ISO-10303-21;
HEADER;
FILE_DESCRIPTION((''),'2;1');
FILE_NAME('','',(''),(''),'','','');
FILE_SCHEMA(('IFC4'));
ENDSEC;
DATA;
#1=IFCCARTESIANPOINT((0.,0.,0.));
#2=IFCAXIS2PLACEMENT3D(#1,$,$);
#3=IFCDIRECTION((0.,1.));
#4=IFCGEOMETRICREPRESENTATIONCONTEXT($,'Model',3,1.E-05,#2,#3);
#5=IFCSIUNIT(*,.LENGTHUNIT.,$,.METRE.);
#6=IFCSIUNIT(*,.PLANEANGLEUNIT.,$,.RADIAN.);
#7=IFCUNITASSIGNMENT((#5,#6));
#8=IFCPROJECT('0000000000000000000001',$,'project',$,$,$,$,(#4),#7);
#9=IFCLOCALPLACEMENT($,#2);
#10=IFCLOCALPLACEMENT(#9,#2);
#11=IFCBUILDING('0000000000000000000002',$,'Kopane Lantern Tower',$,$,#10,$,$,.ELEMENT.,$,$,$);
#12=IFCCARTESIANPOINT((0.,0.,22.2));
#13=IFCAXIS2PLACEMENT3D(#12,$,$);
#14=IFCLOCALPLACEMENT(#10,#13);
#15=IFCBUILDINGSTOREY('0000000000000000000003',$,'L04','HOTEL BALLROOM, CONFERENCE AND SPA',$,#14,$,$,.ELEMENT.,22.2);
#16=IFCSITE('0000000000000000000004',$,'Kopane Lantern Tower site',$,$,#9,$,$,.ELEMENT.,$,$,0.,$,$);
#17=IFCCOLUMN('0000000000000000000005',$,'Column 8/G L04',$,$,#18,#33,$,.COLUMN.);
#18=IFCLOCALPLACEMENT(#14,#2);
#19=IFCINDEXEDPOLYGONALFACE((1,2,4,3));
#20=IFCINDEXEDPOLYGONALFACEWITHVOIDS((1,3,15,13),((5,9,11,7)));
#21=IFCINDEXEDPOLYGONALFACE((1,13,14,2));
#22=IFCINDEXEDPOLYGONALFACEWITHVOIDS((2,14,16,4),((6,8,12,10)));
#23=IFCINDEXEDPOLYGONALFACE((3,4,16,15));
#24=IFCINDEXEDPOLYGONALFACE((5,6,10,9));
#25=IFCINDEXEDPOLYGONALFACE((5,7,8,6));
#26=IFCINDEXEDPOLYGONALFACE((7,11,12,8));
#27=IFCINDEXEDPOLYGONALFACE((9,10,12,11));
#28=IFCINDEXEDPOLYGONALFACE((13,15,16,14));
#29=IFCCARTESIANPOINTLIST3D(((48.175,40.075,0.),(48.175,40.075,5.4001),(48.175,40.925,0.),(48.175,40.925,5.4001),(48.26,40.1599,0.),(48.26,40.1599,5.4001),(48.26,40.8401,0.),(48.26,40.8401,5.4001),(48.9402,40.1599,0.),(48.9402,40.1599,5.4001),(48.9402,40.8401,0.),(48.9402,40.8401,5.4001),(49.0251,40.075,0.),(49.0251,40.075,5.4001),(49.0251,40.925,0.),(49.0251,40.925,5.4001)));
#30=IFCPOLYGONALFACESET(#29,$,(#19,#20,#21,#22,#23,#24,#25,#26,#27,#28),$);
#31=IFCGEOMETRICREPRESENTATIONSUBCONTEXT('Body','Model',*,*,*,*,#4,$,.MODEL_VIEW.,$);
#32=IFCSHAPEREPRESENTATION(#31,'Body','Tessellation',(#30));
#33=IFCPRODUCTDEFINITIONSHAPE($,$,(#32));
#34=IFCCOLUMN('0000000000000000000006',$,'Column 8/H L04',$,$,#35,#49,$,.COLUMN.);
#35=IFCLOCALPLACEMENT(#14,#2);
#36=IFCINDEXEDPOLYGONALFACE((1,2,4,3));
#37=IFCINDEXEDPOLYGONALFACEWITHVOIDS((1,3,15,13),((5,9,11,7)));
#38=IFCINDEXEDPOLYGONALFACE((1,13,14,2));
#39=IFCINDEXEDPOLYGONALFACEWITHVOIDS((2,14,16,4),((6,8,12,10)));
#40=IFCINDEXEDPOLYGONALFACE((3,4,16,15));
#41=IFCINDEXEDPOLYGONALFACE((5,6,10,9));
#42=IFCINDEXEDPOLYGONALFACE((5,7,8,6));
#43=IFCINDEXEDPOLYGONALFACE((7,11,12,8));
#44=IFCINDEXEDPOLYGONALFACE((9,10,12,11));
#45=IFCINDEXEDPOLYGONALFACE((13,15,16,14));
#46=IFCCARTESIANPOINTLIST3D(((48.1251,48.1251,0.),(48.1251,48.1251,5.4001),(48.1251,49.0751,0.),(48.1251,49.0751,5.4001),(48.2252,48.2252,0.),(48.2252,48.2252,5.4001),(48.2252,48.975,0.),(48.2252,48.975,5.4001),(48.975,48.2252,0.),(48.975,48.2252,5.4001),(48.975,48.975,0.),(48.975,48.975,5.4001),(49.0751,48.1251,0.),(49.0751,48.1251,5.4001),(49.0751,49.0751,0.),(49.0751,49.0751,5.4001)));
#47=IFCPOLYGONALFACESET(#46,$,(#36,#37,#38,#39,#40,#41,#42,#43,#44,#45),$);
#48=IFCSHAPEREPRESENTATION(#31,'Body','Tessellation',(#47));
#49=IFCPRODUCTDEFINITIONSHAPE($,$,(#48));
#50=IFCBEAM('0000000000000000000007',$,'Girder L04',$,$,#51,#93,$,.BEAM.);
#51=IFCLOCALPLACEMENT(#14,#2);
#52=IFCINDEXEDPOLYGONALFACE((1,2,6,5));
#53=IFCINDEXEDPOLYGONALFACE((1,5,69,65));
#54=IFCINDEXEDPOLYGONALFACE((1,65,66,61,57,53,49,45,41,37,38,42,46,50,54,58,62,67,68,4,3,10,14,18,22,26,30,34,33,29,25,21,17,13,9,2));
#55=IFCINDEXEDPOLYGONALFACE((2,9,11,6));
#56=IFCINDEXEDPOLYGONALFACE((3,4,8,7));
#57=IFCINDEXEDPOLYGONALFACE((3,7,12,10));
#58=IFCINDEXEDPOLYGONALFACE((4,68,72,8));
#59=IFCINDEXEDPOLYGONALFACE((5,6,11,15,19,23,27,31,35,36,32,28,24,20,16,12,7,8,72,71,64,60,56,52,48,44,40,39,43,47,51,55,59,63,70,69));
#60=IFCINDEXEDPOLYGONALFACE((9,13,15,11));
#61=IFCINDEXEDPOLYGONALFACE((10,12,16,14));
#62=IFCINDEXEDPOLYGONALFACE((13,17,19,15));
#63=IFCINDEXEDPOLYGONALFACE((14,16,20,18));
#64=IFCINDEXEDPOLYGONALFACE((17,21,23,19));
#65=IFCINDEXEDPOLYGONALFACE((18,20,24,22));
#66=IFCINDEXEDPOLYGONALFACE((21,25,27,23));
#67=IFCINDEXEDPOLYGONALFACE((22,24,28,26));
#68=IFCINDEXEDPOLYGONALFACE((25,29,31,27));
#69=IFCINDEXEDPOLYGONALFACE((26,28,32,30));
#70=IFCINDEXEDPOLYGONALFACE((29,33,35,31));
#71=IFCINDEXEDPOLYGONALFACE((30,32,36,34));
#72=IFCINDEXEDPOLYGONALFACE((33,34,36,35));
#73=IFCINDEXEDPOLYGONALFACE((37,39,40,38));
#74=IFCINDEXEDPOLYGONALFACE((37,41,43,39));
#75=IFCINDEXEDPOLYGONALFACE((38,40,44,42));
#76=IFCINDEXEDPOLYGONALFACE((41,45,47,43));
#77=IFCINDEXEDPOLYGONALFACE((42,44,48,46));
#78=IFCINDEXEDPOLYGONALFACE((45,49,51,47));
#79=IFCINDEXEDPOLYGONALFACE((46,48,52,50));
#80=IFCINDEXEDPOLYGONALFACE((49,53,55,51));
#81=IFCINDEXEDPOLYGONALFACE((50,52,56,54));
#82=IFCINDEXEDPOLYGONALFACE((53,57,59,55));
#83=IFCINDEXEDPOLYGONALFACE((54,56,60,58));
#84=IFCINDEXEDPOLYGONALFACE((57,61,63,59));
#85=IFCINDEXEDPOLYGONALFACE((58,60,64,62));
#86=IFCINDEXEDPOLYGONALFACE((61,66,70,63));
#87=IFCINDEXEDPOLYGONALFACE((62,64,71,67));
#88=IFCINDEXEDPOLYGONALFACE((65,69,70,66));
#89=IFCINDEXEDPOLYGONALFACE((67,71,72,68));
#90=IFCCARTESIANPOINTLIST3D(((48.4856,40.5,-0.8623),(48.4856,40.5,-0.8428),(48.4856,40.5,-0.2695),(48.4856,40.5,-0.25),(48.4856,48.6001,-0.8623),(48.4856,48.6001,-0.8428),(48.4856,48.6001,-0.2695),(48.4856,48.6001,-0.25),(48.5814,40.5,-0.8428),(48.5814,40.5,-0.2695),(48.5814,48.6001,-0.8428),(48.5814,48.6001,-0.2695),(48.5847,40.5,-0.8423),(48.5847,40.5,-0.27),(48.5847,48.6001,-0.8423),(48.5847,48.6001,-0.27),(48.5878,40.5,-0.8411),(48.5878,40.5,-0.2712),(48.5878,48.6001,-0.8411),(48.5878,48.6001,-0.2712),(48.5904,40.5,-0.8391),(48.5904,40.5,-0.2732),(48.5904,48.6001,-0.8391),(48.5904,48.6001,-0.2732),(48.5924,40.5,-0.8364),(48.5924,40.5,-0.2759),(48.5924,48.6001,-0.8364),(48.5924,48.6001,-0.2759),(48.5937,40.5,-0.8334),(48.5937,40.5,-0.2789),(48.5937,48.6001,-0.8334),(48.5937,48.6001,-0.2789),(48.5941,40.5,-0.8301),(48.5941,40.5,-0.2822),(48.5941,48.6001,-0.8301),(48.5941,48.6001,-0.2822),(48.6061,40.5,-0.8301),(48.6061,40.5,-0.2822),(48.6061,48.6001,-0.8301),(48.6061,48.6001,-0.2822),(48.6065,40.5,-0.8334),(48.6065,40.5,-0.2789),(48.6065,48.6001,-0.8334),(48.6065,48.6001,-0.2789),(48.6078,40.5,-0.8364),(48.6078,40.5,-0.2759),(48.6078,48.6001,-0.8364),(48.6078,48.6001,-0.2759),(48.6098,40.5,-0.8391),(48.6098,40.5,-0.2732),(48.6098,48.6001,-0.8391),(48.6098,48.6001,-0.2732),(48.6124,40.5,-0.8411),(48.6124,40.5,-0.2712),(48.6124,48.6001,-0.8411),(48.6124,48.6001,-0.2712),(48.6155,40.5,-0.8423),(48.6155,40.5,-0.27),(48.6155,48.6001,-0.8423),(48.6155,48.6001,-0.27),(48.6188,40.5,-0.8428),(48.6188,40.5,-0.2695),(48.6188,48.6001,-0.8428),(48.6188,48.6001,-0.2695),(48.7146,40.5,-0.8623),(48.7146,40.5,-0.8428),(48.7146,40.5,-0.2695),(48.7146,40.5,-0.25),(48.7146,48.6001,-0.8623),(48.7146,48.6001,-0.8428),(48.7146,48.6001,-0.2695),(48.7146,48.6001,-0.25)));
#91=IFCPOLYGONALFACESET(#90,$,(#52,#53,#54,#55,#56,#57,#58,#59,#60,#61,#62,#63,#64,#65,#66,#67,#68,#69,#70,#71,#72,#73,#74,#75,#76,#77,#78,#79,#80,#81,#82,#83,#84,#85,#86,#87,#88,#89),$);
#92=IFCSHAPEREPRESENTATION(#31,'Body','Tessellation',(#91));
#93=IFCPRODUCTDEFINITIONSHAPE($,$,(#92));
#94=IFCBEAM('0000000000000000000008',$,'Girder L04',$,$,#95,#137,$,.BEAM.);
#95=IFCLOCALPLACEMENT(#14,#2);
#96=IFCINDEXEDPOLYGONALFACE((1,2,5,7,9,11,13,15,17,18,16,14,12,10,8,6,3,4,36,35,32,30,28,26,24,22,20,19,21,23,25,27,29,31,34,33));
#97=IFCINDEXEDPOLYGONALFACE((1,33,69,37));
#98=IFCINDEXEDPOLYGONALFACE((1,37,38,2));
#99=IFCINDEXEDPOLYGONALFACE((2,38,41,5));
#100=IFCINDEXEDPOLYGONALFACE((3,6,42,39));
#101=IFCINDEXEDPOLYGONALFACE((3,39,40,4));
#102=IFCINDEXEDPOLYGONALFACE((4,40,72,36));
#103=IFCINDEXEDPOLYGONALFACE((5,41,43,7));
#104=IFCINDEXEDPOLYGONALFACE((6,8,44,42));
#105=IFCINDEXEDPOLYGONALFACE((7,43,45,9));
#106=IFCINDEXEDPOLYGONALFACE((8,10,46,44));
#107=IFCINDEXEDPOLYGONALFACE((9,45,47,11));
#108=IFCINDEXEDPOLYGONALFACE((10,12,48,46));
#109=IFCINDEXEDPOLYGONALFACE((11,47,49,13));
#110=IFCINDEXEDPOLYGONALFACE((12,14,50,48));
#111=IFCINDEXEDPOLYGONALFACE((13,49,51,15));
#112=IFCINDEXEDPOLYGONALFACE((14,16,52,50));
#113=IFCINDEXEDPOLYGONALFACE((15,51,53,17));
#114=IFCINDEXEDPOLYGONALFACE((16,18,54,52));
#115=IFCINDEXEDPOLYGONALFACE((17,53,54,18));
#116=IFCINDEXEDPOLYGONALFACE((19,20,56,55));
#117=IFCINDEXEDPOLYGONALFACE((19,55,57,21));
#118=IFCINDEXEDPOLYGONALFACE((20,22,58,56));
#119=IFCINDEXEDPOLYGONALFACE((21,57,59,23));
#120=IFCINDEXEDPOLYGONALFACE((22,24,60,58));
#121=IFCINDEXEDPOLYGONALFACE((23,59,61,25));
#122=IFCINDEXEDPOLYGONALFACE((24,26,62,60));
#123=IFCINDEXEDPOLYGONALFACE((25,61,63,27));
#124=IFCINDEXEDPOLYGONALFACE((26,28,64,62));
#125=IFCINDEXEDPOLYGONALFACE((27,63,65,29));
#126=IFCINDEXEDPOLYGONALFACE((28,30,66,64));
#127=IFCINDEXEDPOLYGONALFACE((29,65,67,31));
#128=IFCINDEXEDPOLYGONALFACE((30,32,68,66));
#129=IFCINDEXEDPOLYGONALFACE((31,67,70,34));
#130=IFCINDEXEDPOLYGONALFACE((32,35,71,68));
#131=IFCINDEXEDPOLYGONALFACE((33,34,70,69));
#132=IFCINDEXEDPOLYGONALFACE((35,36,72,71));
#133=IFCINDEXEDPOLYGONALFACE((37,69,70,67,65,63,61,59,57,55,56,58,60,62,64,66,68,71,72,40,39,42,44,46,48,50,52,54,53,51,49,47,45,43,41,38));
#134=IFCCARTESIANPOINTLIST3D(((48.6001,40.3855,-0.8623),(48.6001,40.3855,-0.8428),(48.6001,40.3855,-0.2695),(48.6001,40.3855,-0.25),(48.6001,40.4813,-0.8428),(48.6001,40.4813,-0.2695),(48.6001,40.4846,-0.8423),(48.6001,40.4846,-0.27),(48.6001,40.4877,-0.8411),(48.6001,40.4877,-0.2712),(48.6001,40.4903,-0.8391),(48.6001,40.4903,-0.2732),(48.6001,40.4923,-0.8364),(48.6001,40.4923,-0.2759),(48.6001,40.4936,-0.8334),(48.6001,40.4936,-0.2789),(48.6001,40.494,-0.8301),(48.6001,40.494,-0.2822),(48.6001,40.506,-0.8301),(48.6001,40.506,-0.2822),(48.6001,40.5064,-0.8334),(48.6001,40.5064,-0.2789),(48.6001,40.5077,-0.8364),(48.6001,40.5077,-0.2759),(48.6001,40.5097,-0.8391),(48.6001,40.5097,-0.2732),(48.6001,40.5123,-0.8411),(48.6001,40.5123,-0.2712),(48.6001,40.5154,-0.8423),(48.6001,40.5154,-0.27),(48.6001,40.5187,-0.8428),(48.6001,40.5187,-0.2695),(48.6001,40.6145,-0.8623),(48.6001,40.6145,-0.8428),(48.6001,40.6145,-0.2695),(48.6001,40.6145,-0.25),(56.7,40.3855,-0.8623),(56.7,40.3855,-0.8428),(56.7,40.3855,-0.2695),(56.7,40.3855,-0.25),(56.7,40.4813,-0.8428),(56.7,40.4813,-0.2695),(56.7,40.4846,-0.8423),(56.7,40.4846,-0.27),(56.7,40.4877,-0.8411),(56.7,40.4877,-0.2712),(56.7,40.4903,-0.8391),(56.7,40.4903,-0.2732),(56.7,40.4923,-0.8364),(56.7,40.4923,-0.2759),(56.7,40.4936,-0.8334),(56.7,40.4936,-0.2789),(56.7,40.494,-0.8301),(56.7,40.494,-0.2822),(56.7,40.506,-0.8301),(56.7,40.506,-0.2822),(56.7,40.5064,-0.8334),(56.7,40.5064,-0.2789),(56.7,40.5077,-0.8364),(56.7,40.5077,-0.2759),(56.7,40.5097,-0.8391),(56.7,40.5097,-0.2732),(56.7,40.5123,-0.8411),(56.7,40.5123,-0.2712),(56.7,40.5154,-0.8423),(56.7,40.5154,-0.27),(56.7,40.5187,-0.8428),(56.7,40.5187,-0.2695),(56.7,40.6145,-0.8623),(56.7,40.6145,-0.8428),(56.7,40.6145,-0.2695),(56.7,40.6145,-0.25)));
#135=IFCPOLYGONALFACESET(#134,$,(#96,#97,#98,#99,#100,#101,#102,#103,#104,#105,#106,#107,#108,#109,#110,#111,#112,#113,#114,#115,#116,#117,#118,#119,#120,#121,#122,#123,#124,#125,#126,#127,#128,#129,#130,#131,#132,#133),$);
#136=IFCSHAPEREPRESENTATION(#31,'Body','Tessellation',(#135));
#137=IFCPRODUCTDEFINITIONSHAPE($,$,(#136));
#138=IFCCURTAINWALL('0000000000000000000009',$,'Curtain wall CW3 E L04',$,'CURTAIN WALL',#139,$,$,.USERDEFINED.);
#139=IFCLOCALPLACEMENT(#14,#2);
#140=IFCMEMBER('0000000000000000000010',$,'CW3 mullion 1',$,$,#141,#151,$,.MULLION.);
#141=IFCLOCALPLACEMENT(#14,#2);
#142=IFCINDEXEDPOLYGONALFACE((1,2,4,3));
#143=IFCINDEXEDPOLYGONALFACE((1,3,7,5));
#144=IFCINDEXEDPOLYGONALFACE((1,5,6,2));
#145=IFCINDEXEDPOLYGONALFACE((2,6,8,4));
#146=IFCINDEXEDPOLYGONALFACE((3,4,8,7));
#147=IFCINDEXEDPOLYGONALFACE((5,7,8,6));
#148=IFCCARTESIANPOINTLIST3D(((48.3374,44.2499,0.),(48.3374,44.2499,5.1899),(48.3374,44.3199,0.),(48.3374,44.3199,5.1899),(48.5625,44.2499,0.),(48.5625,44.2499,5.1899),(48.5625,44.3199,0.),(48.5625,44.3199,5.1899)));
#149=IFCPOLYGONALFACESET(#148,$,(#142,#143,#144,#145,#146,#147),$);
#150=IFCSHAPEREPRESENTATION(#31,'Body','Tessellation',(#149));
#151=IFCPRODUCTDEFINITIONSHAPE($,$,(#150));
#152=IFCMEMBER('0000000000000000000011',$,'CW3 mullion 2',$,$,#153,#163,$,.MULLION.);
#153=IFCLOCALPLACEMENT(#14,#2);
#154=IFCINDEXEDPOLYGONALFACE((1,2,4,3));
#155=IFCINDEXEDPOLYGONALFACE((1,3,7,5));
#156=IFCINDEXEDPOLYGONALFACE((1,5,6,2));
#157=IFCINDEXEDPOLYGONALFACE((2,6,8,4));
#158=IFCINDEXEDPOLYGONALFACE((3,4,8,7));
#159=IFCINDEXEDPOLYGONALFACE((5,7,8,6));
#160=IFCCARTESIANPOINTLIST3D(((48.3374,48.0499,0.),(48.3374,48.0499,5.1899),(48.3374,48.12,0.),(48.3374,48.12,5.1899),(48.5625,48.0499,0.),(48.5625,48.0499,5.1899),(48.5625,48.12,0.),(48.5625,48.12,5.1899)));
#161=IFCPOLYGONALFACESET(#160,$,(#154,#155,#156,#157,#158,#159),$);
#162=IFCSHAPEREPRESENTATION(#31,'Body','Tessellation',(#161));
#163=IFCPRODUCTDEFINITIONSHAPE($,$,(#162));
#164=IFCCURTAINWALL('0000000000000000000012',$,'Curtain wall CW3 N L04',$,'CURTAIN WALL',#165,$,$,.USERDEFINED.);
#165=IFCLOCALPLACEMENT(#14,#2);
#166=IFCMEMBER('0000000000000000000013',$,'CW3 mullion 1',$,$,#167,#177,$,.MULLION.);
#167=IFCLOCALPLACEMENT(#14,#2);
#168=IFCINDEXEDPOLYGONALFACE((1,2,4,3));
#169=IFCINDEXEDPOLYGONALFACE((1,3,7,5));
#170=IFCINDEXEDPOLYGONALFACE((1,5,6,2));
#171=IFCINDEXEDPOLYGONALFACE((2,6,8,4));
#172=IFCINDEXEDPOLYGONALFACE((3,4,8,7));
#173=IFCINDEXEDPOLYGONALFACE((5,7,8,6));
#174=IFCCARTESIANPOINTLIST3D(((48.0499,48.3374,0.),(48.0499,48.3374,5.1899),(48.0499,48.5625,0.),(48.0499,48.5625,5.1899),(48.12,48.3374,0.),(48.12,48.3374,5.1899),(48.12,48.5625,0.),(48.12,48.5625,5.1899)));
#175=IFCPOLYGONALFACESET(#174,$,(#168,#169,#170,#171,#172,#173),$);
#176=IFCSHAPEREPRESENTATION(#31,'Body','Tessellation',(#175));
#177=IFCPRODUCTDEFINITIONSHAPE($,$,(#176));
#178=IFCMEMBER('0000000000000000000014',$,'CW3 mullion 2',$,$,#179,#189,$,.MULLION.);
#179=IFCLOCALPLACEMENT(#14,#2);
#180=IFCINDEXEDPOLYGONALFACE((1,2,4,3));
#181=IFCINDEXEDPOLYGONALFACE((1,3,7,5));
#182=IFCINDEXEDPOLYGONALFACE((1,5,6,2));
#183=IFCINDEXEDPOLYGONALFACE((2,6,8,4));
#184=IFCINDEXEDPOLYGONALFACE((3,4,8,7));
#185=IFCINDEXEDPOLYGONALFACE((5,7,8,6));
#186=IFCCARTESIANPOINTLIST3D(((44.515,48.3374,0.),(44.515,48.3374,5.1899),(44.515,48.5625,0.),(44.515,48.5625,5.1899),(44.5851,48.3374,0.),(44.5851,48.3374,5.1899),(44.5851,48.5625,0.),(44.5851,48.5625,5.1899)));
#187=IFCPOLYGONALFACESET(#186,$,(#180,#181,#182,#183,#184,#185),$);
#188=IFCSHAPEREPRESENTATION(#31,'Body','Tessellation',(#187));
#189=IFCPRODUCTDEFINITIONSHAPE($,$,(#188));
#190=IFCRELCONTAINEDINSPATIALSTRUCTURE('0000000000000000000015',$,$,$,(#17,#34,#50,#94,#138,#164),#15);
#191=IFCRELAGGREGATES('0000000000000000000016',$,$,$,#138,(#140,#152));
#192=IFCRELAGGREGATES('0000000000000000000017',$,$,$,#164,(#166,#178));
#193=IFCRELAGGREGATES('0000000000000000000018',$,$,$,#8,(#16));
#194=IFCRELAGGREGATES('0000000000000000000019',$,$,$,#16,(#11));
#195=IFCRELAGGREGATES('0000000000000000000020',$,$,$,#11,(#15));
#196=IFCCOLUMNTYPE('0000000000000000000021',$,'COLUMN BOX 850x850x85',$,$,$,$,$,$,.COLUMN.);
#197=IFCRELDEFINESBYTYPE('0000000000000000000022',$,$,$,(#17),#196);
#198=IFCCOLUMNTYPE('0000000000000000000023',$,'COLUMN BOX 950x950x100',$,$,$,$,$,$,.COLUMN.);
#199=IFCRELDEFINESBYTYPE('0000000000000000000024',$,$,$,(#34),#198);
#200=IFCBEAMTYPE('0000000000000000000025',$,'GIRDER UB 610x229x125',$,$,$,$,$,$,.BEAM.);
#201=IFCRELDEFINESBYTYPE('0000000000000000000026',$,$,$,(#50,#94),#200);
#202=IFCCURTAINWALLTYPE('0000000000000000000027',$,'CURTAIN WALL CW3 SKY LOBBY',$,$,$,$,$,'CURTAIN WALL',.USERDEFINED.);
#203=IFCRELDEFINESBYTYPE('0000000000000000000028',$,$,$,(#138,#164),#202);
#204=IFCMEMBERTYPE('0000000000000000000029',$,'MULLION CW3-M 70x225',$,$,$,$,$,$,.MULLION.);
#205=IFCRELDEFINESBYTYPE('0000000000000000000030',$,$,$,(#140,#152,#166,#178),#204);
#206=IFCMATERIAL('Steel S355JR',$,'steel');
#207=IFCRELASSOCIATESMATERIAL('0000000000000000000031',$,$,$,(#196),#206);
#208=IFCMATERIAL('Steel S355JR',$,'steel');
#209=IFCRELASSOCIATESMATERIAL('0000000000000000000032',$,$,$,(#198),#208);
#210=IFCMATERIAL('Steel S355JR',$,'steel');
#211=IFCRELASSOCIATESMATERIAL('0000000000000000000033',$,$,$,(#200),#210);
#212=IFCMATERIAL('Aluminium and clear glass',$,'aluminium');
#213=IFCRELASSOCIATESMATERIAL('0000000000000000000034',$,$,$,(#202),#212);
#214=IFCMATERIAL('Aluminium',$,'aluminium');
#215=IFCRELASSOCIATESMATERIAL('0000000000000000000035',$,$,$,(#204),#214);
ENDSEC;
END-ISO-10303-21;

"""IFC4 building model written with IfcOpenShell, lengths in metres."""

from ifc_helpers import new_model, si_unit, direction, frame, origin, origin_2d, place, context, subcontext, project, spatial, rectangle, hollow_rectangle, i_section, extrude, material, material_profile, profile_set, type_object, element, aggregate, save


model = new_model("IFC4")

# Units and contexts
model_context = context("Model", 3, precision=1e-05, world=origin(), true_north=direction((0.0, 1.0)))
body_context = subcontext(model_context, "Body", "Model", "MODEL_VIEW")
ifc_project = project(units=[si_unit("LENGTHUNIT", "METRE"), si_unit("PLANEANGLEUNIT", "RADIAN")], contexts=[model_context])

# Site, building, storey
site_placement = place(None, origin())
site = spatial("IfcSite", under=ifc_project, at=site_placement, Name="Kopane Lantern Tower site", CompositionType="ELEMENT", RefElevation=0.0)
building_placement = place(site_placement, origin())
building = spatial("IfcBuilding", under=site, at=building_placement, Name="Kopane Lantern Tower", CompositionType="ELEMENT")
storey_placement = place(building_placement, frame((0.0, 0.0, 22.2)))
storey = spatial("IfcBuildingStorey", under=building, at=storey_placement, Name="L04", Description="HOTEL BALLROOM, CONFERENCE AND SPA", CompositionType="ELEMENT", Elevation=22.2)

# Columns
ifc_material_1 = material(Name="Steel S355JR", Category="steel")
ifc_material_profile_1 = material_profile(ifc_material_1, hollow_rectangle(XDim=0.8501, YDim=0.8501, WallThickness=0.085, at=origin_2d()), Name="BOX 850x850x85")
ifc_profile_set_1 = profile_set([ifc_material_profile_1], Name="Steel S355JR")
column_type_1 = type_object("IfcColumnType", Name="COLUMN BOX 850x850x85", PredefinedType="COLUMN", material=ifc_profile_set_1)
column_1_placement = place(storey_placement, frame((48.6001, 40.5, 0.0), z_axis=(0.0, 0.0, 1.0), x_axis=(1.0, 0.0, 0.0)))
element("IfcColumn", 1, at=column_1_placement, inside=storey, type_object=column_type_1, Name="Column 8/G L04", PredefinedType="COLUMN", context=body_context, shape_type="SweptSolid", body=[
    extrude(hollow_rectangle(XDim=0.8501, YDim=0.8501, WallThickness=0.085, at=origin_2d()), origin(), (0.0, 0.0, 1.0), 5.4001),
])
ifc_material_2 = material(Name="Steel S355JR", Category="steel")
ifc_material_profile_2 = material_profile(ifc_material_2, hollow_rectangle(XDim=0.95, YDim=0.95, WallThickness=0.1001, at=origin_2d()), Name="BOX 950x950x100")
ifc_profile_set_2 = profile_set([ifc_material_profile_2], Name="Steel S355JR")
column_type_2 = type_object("IfcColumnType", Name="COLUMN BOX 950x950x100", PredefinedType="COLUMN", material=ifc_profile_set_2)
column_2_placement = place(storey_placement, frame((48.6001, 48.6001, 0.0), z_axis=(0.0, 0.0, 1.0), x_axis=(1.0, 0.0, 0.0)))
element("IfcColumn", 2, at=column_2_placement, inside=storey, type_object=column_type_2, Name="Column 8/H L04", PredefinedType="COLUMN", context=body_context, shape_type="SweptSolid", body=[
    extrude(hollow_rectangle(XDim=0.95, YDim=0.95, WallThickness=0.1001, at=origin_2d()), origin(), (0.0, 0.0, 1.0), 5.4001),
])

# Beams
ifc_material_3 = material(Name="Steel S355JR", Category="steel")
ifc_material_profile_3 = material_profile(ifc_material_3, i_section(OverallWidth=0.229, OverallDepth=0.6123, WebThickness=0.012, FlangeThickness=0.0195, FilletRadius=0.0127, at=origin_2d()), Name="UB 610x229x125")
ifc_profile_set_3 = profile_set([ifc_material_profile_3], Name="Steel S355JR")
beam_type = type_object("IfcBeamType", Name="GIRDER UB 610x229x125", PredefinedType="BEAM", material=ifc_profile_set_3)
beam_1_placement = place(storey_placement, frame((48.6001, 40.5, -0.5562), z_axis=(0.0, 1.0, 0.0), x_axis=(-1.0, 0.0, 0.0)))
element("IfcBeam", 3, at=beam_1_placement, inside=storey, type_object=beam_type, Name="Girder L04", PredefinedType="BEAM", context=body_context, shape_type="SweptSolid", body=[
    extrude(i_section(OverallWidth=0.229, OverallDepth=0.6123, WebThickness=0.012, FlangeThickness=0.0195, FilletRadius=0.0127, at=origin_2d()), origin(), (0.0, 0.0, 1.0), 8.1001),
])
beam_2_placement = place(storey_placement, frame((48.6001, 40.5, -0.5562), z_axis=(1.0, 0.0, 0.0), x_axis=(0.0, 1.0, 0.0)))
element("IfcBeam", 4, at=beam_2_placement, inside=storey, type_object=beam_type, Name="Girder L04", PredefinedType="BEAM", context=body_context, shape_type="SweptSolid", body=[
    extrude(i_section(OverallWidth=0.229, OverallDepth=0.6123, WebThickness=0.012, FlangeThickness=0.0195, FilletRadius=0.0127, at=origin_2d()), origin(), (0.0, 0.0, 1.0), 8.0999),
])

# Curtain walls, members
ifc_material_4 = material(Name="Aluminium and clear glass", Category="aluminium")
curtain_wall_type = type_object("IfcCurtainWallType", Name="CURTAIN WALL CW3 SKY LOBBY", ElementType="CURTAIN WALL", PredefinedType="USERDEFINED", material=ifc_material_4)
curtain_wall_1_placement = place(storey_placement, origin())
curtain_wall_1 = element("IfcCurtainWall", 5, at=curtain_wall_1_placement, inside=storey, type_object=curtain_wall_type, Name="Curtain wall CW3 E L04", ObjectType="CURTAIN WALL", PredefinedType="USERDEFINED")
ifc_material_5 = material(Name="Aluminium", Category="aluminium")
ifc_material_profile_4 = material_profile(ifc_material_5, rectangle(XDim=0.0701, YDim=0.2251, at=origin_2d()), Name="AL 70x225")
ifc_profile_set_4 = profile_set([ifc_material_profile_4], Name="Aluminium")
member_type_1 = type_object("IfcMemberType", Name="MULLION CW3-M 70x225", PredefinedType="MULLION", material=ifc_profile_set_4)
member_1_placement = place(storey_placement, frame((48.45, 44.2849, 0.0), z_axis=(0.0, 0.0, 1.0), x_axis=(0.0, 1.0, 0.0)))
member_1 = element("IfcMember", 6, at=member_1_placement, type_object=member_type_1, Name="CW3 mullion 1", PredefinedType="MULLION", context=body_context, shape_type="SweptSolid", body=[
    extrude(rectangle(XDim=0.0701, YDim=0.2251, at=origin_2d()), origin(), (0.0, 0.0, 1.0), 5.1899),
])
member_2_placement = place(storey_placement, frame((48.45, 48.085, 0.0), z_axis=(0.0, 0.0, 1.0), x_axis=(0.0, 1.0, 0.0)))
member_2 = element("IfcMember", 7, at=member_2_placement, type_object=member_type_1, Name="CW3 mullion 2", PredefinedType="MULLION", context=body_context, shape_type="SweptSolid", body=[
    extrude(rectangle(XDim=0.0701, YDim=0.2251, at=origin_2d()), origin(), (0.0, 0.0, 1.0), 5.1899),
])
curtain_wall_2_placement = place(storey_placement, origin())
curtain_wall_2 = element("IfcCurtainWall", 8, at=curtain_wall_2_placement, inside=storey, type_object=curtain_wall_type, Name="Curtain wall CW3 N L04", ObjectType="CURTAIN WALL", PredefinedType="USERDEFINED")
member_3_placement = place(storey_placement, frame((48.085, 48.45, 0.0), z_axis=(0.0, 0.0, 1.0), x_axis=(-1.0, 0.0, 0.0)))
member_3 = element("IfcMember", 9, at=member_3_placement, type_object=member_type_1, Name="CW3 mullion 1", PredefinedType="MULLION", context=body_context, shape_type="SweptSolid", body=[
    extrude(rectangle(XDim=0.0701, YDim=0.2251, at=origin_2d()), origin(), (0.0, 0.0, 1.0), 5.1899),
])
member_4_placement = place(storey_placement, frame((44.55, 48.45, 0.0), z_axis=(0.0, 0.0, 1.0), x_axis=(-1.0, 0.0, 0.0)))
member_4 = element("IfcMember", 10, at=member_4_placement, type_object=member_type_1, Name="CW3 mullion 2", PredefinedType="MULLION", context=body_context, shape_type="SweptSolid", body=[
    extrude(rectangle(XDim=0.0701, YDim=0.2251, at=origin_2d()), origin(), (0.0, 0.0, 1.0), 5.1899),
])

aggregate(curtain_wall_1, [member_1, member_2])
aggregate(curtain_wall_2, [member_3, member_4])

save(model, "model.ifc")
